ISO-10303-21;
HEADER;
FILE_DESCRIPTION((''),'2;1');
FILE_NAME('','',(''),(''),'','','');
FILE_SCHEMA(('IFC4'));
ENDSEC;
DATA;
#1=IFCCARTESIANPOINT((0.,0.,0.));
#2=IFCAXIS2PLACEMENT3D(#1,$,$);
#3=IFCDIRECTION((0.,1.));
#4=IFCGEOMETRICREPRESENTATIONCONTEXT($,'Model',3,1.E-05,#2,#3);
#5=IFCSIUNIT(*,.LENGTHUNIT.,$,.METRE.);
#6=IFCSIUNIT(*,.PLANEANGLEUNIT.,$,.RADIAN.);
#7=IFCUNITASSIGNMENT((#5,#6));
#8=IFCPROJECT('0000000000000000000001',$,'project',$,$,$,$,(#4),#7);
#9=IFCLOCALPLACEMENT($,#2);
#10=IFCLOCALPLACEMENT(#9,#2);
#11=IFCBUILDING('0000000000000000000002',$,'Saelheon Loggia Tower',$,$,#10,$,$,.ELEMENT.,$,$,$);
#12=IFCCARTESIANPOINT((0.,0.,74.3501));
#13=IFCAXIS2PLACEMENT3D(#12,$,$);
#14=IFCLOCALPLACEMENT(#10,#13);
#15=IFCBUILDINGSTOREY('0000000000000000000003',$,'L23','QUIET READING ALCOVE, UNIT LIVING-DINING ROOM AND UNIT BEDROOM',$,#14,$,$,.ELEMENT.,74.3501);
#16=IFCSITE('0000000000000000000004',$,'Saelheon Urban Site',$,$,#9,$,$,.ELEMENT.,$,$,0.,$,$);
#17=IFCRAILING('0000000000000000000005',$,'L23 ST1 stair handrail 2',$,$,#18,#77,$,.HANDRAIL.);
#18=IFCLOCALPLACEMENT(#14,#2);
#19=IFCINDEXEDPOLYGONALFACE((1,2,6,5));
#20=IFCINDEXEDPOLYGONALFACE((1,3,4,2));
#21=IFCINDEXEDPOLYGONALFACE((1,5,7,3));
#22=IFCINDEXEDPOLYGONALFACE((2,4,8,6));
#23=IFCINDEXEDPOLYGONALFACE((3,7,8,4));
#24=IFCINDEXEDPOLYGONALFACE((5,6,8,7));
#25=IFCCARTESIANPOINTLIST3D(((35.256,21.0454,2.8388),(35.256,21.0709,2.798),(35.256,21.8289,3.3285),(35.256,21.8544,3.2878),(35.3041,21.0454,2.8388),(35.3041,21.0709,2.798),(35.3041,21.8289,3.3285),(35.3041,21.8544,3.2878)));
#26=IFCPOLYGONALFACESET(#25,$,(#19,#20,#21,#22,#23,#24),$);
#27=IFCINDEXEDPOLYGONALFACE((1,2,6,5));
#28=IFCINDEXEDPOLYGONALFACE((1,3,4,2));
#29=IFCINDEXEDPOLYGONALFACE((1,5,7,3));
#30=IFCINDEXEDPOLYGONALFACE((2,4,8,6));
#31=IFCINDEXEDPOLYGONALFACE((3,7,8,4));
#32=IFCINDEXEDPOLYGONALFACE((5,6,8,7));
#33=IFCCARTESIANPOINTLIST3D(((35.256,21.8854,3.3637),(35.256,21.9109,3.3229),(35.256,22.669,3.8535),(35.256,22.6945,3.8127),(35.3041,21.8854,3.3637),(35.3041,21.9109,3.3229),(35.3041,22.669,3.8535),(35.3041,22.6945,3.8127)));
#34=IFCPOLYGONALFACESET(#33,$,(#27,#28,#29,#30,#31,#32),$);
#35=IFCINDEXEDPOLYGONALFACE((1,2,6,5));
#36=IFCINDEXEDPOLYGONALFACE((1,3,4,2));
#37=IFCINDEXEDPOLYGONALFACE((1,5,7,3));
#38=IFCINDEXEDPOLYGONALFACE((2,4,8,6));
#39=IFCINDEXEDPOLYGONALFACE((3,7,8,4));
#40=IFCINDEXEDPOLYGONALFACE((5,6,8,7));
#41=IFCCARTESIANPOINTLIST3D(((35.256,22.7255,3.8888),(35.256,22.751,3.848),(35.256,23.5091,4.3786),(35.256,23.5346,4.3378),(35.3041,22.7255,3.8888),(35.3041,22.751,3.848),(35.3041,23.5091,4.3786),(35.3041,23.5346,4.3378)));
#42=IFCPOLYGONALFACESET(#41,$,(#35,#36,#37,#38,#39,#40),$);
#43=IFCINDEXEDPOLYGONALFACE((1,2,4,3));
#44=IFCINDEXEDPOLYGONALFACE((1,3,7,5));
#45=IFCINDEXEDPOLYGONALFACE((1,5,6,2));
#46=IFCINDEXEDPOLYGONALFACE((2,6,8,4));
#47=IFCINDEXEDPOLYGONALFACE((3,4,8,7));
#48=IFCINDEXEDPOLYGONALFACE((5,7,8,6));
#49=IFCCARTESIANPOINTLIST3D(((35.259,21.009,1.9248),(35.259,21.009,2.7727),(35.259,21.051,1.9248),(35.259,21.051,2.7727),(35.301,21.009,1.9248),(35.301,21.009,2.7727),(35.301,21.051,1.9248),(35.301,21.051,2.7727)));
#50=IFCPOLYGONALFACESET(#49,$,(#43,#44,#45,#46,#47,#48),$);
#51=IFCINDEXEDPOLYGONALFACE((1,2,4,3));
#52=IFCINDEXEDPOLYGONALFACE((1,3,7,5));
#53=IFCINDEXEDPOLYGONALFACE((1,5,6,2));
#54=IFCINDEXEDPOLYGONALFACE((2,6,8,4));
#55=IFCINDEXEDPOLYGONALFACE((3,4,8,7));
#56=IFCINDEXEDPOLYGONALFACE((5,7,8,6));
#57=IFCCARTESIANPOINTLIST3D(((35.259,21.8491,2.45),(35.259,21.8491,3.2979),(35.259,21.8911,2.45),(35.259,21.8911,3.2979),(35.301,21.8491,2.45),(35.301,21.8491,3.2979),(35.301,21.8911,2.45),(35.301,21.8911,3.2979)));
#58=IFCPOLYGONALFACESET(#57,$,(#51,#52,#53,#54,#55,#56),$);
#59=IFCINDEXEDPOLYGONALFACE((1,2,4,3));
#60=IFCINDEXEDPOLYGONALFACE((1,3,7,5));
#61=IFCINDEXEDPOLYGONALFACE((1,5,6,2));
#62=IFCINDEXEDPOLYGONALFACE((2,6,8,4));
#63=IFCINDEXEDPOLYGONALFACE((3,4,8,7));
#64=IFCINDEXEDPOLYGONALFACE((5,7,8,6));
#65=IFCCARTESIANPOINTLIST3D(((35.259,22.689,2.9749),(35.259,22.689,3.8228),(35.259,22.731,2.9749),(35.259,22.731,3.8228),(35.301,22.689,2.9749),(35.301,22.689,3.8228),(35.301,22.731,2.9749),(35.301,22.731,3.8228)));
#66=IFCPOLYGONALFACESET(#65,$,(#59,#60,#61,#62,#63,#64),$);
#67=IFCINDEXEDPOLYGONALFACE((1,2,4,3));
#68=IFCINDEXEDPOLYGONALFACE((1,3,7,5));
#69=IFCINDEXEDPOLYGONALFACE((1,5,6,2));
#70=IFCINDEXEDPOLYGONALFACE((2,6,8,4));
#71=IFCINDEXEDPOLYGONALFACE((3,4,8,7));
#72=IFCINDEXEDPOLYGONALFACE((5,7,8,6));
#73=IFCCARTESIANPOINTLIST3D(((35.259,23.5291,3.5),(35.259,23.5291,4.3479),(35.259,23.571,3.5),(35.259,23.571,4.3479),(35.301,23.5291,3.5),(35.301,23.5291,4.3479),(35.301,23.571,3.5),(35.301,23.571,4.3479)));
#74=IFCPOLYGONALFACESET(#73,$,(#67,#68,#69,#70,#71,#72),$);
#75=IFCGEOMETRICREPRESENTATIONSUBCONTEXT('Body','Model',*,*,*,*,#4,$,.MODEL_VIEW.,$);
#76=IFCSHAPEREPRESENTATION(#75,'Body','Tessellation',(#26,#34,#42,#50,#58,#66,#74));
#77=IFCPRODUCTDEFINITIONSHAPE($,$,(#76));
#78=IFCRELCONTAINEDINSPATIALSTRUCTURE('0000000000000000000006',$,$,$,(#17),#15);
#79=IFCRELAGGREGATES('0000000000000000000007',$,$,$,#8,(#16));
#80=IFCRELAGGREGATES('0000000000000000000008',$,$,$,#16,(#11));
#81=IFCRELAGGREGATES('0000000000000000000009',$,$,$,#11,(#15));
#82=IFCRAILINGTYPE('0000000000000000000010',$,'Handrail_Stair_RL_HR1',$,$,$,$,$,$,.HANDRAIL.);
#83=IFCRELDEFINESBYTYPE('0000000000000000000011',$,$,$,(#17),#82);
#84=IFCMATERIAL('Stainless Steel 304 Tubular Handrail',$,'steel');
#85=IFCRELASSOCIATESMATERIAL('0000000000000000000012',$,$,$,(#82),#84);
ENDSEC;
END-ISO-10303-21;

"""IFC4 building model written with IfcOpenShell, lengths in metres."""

from ifc_helpers import new_model, si_unit, direction, frame, origin, origin_2d, place, context, subcontext, project, spatial, rectangle, extrude, material, type_object, element, save


model = new_model("IFC4")

# Units and contexts
model_context = context("Model", 3, precision=1e-05, world=origin(), true_north=direction((0.0, 1.0)))
body_context = subcontext(model_context, "Body", "Model", "MODEL_VIEW")
ifc_project = project(units=[si_unit("LENGTHUNIT", "METRE"), si_unit("PLANEANGLEUNIT", "RADIAN")], contexts=[model_context])

# Site, building, storey
site_placement = place(None, origin())
site = spatial("IfcSite", under=ifc_project, at=site_placement, Name="Saelheon Urban Site", CompositionType="ELEMENT", RefElevation=0.0)
building_placement = place(site_placement, origin())
building = spatial("IfcBuilding", under=site, at=building_placement, Name="Saelheon Loggia Tower", CompositionType="ELEMENT")
storey_placement = place(building_placement, frame((0.0, 0.0, 74.3501)))
storey = spatial("IfcBuildingStorey", under=building, at=storey_placement, Name="L23", Description="QUIET READING ALCOVE, UNIT LIVING-DINING ROOM AND UNIT BEDROOM", CompositionType="ELEMENT", Elevation=74.3501)

# Railing
ifc_material_1 = material(Name="Stainless Steel 304 Tubular Handrail", Category="steel")
railing_type_1 = type_object("IfcRailingType", Name="Handrail_Stair_RL_HR1", PredefinedType="HANDRAIL", material=ifc_material_1)
railing_1_placement = place(storey_placement, frame((35.28, 21.03, 1.9248)))
element("IfcRailing", 1, at=railing_1_placement, inside=storey, type_object=railing_type_1, Name="L23 ST1 stair handrail 2", PredefinedType="HANDRAIL", context=body_context, shape_type="SweptSolid", body=[
    extrude(rectangle(XDim=0.0481, YDim=0.0481, at=origin_2d()), frame((0.0, 0.0281, 0.8936), z_axis=(0.0, 0.847971, 0.530043), x_axis=(-1.0, 0.0, 0.0)), (0.0, 0.0, 1.0), 0.9241),
    extrude(rectangle(XDim=0.0481, YDim=0.0481, at=origin_2d()), frame((0.0, 0.8682, 1.4185), z_axis=(0.0, 0.847971, 0.530043), x_axis=(-1.0, 0.0, 0.0)), (0.0, 0.0, 1.0), 0.9241),
    extrude(rectangle(XDim=0.0481, YDim=0.0481, at=origin_2d()), frame((0.0, 1.7083, 1.9436), z_axis=(0.0, 0.847971, 0.530043), x_axis=(-1.0, 0.0, 0.0)), (0.0, 0.0, 1.0), 0.9241),
    extrude(rectangle(XDim=0.042, YDim=0.042, at=origin_2d()), origin(), (0.0, 0.0, 1.0), 0.8479),
    extrude(rectangle(XDim=0.042, YDim=0.042, at=origin_2d()), frame((0.0, 0.8401, 0.5251)), (0.0, 0.0, 1.0), 0.8479),
    extrude(rectangle(XDim=0.042, YDim=0.042, at=origin_2d()), frame((0.0, 1.6799, 1.05)), (0.0, 0.0, 1.0), 0.8479),
    extrude(rectangle(XDim=0.042, YDim=0.042, at=origin_2d()), frame((0.0, 2.52, 1.5752)), (0.0, 0.0, 1.0), 0.8479),
])

save(model, "model.ifc")
